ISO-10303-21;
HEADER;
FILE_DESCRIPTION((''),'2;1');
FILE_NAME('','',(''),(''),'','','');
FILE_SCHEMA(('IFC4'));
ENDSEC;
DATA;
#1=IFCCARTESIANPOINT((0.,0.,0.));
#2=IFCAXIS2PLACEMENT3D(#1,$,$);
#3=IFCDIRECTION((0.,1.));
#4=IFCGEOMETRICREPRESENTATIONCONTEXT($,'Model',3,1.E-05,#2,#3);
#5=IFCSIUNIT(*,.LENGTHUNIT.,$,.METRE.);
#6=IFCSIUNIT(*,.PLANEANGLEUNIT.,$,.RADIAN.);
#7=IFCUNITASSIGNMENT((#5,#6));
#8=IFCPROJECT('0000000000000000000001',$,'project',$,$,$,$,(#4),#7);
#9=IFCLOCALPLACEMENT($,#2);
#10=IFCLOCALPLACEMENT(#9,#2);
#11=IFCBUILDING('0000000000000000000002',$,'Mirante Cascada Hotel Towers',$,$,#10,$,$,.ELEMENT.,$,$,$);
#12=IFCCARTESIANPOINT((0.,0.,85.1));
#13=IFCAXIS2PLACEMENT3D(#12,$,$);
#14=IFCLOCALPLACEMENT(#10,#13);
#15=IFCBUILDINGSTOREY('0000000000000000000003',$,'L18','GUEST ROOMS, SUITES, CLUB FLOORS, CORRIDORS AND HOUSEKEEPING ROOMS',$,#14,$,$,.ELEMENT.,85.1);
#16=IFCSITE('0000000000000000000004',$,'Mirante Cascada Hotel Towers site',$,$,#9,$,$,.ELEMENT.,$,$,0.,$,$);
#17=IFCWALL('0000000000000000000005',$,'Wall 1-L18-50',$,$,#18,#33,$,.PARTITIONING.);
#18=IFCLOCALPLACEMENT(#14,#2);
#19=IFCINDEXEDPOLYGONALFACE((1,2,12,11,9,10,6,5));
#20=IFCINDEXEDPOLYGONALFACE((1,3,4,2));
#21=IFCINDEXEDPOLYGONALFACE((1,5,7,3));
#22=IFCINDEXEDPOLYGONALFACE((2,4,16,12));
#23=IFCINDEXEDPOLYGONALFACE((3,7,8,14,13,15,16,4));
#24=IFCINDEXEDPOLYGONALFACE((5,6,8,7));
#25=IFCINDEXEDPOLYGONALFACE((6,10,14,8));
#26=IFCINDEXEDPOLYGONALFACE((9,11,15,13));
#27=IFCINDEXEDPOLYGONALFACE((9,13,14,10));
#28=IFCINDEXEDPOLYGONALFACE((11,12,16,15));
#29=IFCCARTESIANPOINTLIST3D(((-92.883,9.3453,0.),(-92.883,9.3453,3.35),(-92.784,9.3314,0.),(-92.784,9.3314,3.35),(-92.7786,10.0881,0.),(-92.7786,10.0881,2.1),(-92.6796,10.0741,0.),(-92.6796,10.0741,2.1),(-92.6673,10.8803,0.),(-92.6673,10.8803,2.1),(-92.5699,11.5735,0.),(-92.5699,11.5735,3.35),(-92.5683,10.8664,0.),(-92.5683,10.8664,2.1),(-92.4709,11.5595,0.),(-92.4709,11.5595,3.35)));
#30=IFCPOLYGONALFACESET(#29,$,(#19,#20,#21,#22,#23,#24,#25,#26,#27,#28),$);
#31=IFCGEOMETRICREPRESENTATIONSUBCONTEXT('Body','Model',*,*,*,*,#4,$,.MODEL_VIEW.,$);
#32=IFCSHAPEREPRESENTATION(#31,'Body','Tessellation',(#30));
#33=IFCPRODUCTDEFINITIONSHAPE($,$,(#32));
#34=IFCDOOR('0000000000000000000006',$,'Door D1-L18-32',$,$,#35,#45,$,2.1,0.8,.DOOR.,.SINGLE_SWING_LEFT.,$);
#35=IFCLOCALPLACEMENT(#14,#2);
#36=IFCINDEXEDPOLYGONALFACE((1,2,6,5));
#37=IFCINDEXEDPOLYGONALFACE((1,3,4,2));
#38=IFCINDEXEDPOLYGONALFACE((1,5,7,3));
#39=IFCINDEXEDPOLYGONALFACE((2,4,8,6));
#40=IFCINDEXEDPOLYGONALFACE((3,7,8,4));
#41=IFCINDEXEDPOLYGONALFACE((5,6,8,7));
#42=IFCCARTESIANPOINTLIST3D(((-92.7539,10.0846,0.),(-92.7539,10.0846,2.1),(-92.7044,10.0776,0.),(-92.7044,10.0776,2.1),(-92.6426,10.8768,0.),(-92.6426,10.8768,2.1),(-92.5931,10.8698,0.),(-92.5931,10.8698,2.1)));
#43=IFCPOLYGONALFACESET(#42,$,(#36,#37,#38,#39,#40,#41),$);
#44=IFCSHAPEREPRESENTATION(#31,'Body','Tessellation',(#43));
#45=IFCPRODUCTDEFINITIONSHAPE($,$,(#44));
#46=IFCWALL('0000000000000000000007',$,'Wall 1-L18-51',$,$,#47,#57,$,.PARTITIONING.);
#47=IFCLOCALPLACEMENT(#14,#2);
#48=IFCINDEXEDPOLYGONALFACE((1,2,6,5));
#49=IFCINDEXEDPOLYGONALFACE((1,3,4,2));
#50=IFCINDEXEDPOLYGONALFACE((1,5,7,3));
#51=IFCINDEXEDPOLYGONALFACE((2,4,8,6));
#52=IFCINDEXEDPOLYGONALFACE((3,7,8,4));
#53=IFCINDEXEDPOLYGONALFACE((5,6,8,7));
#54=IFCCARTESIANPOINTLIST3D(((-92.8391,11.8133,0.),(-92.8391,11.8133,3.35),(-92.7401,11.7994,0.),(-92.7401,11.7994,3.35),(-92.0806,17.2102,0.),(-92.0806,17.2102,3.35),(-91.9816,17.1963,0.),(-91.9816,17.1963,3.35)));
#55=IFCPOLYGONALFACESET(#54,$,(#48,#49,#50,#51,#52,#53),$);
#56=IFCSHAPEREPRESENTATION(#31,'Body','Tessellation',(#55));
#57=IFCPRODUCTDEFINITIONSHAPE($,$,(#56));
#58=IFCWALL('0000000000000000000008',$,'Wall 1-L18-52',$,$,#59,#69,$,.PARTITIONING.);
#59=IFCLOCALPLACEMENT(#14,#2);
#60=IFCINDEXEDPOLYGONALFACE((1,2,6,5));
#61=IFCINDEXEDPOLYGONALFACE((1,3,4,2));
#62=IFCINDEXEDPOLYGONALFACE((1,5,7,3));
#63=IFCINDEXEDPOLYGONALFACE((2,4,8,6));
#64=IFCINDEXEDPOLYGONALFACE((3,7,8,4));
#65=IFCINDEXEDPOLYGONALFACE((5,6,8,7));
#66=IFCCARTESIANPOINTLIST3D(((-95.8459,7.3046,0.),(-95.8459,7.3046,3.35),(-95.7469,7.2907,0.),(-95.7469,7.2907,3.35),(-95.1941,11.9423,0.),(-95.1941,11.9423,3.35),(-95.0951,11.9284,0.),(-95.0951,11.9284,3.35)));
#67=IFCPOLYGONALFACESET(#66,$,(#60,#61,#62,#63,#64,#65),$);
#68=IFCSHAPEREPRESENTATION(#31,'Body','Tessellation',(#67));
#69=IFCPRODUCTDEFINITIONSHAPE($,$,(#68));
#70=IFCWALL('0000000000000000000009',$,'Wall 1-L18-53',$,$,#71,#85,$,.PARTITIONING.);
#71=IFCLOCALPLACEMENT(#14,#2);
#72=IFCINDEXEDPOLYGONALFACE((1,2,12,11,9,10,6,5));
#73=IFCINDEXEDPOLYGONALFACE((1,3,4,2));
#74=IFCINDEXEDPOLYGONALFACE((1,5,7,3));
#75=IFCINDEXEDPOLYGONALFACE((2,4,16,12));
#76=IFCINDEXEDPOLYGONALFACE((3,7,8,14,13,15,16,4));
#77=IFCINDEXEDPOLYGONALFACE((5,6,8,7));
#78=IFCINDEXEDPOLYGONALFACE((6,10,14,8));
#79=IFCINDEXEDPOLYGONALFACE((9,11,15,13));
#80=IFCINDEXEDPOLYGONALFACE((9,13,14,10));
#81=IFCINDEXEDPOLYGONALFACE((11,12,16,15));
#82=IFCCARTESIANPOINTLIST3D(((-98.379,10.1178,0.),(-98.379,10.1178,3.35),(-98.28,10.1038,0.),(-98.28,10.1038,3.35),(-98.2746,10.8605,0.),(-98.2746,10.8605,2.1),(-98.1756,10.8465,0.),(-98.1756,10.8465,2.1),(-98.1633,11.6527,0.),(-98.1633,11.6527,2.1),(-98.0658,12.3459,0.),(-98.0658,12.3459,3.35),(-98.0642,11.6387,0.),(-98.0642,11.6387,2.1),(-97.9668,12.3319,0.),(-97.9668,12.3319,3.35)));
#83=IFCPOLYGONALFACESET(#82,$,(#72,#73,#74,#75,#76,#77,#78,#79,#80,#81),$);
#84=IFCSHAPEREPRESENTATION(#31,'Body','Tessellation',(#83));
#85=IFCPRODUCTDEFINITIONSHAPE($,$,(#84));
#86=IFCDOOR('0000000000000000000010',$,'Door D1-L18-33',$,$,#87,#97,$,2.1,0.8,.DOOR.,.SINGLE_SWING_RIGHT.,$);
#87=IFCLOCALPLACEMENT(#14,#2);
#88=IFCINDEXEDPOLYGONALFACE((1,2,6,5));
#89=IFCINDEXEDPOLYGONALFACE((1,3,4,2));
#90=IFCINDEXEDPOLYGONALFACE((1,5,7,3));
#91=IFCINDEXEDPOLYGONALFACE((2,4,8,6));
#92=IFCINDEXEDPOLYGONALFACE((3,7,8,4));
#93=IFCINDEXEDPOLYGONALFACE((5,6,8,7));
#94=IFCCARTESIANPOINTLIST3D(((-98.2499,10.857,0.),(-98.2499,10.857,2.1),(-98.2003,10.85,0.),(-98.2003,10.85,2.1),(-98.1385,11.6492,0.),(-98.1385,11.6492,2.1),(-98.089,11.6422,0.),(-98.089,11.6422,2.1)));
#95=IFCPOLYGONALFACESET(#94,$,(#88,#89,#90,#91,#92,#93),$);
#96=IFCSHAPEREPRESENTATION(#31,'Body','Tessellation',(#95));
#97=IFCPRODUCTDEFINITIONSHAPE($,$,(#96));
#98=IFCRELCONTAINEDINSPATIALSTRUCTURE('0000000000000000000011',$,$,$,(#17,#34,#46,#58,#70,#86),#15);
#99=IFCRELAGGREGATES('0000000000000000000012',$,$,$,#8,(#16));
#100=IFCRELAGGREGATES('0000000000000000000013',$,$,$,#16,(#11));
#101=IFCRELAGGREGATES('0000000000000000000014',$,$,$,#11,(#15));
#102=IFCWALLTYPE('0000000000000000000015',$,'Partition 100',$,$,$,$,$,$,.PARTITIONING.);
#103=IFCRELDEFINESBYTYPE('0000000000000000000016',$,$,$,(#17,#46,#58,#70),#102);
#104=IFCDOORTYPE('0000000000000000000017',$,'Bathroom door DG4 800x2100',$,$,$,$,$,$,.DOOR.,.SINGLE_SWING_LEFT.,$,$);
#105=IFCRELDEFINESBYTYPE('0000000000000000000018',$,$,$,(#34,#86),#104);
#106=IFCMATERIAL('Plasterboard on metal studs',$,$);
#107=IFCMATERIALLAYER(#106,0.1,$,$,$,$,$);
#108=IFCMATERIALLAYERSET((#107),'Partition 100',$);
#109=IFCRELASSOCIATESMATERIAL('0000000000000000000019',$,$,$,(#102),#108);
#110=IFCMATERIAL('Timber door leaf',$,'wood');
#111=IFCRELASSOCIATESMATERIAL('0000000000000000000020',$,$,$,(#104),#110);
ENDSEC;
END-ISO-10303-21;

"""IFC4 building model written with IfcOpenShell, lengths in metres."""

from ifc_helpers import new_model, si_unit, direction, frame, frame_2d, origin, place, context, subcontext, project, spatial, rectangle, extrude, material, layer, layer_set, type_object, element, fill, save


model = new_model("IFC4")

# Units and contexts
model_context = context("Model", 3, precision=1e-05, world=origin(), true_north=direction((0.0, 1.0)))
body_context = subcontext(model_context, "Body", "Model", "MODEL_VIEW")
ifc_project = project(units=[si_unit("LENGTHUNIT", "METRE"), si_unit("PLANEANGLEUNIT", "RADIAN")], contexts=[model_context])

# Site, building, storey
site_placement = place(None, origin())
site = spatial("IfcSite", under=ifc_project, at=site_placement, Name="Mirante Cascada Hotel Towers site", CompositionType="ELEMENT", RefElevation=0.0)
building_placement = place(site_placement, origin())
building = spatial("IfcBuilding", under=site, at=building_placement, Name="Mirante Cascada Hotel Towers", CompositionType="ELEMENT")
storey_placement = place(building_placement, frame((0.0, 0.0, 85.1)))
storey = spatial("IfcBuildingStorey", under=building, at=storey_placement, Name="L18", Description="GUEST ROOMS, SUITES, CLUB FLOORS, CORRIDORS AND HOUSEKEEPING ROOMS", CompositionType="ELEMENT", Elevation=85.1)

# Wall, opening, door
ifc_material_1 = material(Name="Plasterboard on metal studs")
ifc_layer_1 = layer(ifc_material_1, 0.1)
ifc_layer_set_1 = layer_set([ifc_layer_1], Name="Partition 100")
wall_type_1 = type_object("IfcWallType", Name="Partition 100", PredefinedType="PARTITIONING", material=ifc_layer_set_1)
ifc_material_2 = material(Name="Timber door leaf", Category="wood")
door_type_1 = type_object("IfcDoorType", Name="Bathroom door DG4 800x2100", OperationType="SINGLE_SWING_LEFT", PredefinedType="DOOR", material=ifc_material_2)
wall_1_placement = place(storey_placement, frame((-92.5204, 11.5665, 0.0), z_axis=(0.0, 0.0, 1.0), x_axis=(-0.139156, -0.990271, 0.0)))
wall_1 = element("IfcWall", 1, at=wall_1_placement, inside=storey, type_object=wall_type_1, Name="Wall 1-L18-50", PredefinedType="PARTITIONING", context=body_context, shape_type="SweptSolid", body=[
    extrude(rectangle(XDim=2.25, YDim=0.1, at=frame_2d((1.125, 0.0))), origin(), (0.0, 0.0, 1.0), 3.35),
])
opening_1_placement = place(wall_1_placement, frame((0.7, 0.0, 0.0)))
opening_1 = element("IfcOpeningElement", 2, at=opening_1_placement, cuts=wall_1, PredefinedType="OPENING", context=body_context, shape_type="SweptSolid", body=[
    extrude(rectangle(XDim=0.8, YDim=2.1, at=frame_2d((0.4, 1.05))), frame((0.0, 0.05, 0.0), z_axis=(0.0, -1.0, 0.0), x_axis=(1.0, 0.0, 0.0)), (0.0, 0.0, 1.0), 0.1),
])
door_1_placement = place(opening_1_placement, origin())
door_1 = element("IfcDoor", 3, at=door_1_placement, inside=storey, type_object=door_type_1, Name="Door D1-L18-32", OperationType="SINGLE_SWING_LEFT", OverallHeight=2.1, OverallWidth=0.8, PredefinedType="DOOR", context=body_context, shape_type="SweptSolid", body=[
    extrude(rectangle(XDim=0.8, YDim=2.1, at=frame_2d((0.4, 1.05))), frame((0.0, 0.025, 0.0), z_axis=(0.0, -1.0, 0.0), x_axis=(1.0, 0.0, 0.0)), (0.0, 0.0, 1.0), 0.05),
])
fill(opening_1, door_1)

# Walls
wall_2_placement = place(storey_placement, frame((-92.7896, 11.8063, 0.0), z_axis=(0.0, 0.0, 1.0), x_axis=(0.139176, 0.990268, 0.0)))
element("IfcWall", 4, at=wall_2_placement, inside=storey, type_object=wall_type_1, Name="Wall 1-L18-51", PredefinedType="PARTITIONING", context=body_context, shape_type="SweptSolid", body=[
    extrude(rectangle(XDim=5.4499, YDim=0.1, at=frame_2d((2.725, 0.0))), origin(), (0.0, 0.0, 1.0), 3.35),
])
wall_3_placement = place(storey_placement, frame((-95.1446, 11.9353, 0.0), z_axis=(0.0, 0.0, 1.0), x_axis=(-0.139176, -0.990268, 0.0)))
element("IfcWall", 5, at=wall_3_placement, inside=storey, type_object=wall_type_1, Name="Wall 1-L18-52", PredefinedType="PARTITIONING", context=body_context, shape_type="SweptSolid", body=[
    extrude(rectangle(XDim=4.6833, YDim=0.1, at=frame_2d((2.3416, 0.0))), origin(), (0.0, 0.0, 1.0), 3.35),
])

# Wall, opening, door
wall_4_placement = place(storey_placement, frame((-98.3295, 10.1108, 0.0), z_axis=(0.0, 0.0, 1.0), x_axis=(0.1392, 0.990264, 0.0)))
wall_4 = element("IfcWall", 6, at=wall_4_placement, inside=storey, type_object=wall_type_1, Name="Wall 1-L18-53", PredefinedType="PARTITIONING", context=body_context, shape_type="SweptSolid", body=[
    extrude(rectangle(XDim=2.25, YDim=0.1, at=frame_2d((1.125, 0.0))), origin(), (0.0, 0.0, 1.0), 3.35),
])
opening_2_placement = place(wall_4_placement, frame((0.75, 0.0, 0.0)))
opening_2 = element("IfcOpeningElement", 7, at=opening_2_placement, cuts=wall_4, PredefinedType="OPENING", context=body_context, shape_type="SweptSolid", body=[
    extrude(rectangle(XDim=0.8, YDim=2.1, at=frame_2d((0.4, 1.05))), frame((0.0, 0.05, 0.0), z_axis=(0.0, -1.0, 0.0), x_axis=(1.0, 0.0, 0.0)), (0.0, 0.0, 1.0), 0.1),
])
door_2_placement = place(opening_2_placement, frame((0.8, 0.0, 0.0), z_axis=(0.0, 0.0, 1.0), x_axis=(-1.0, 0.0, 0.0)))
door_2 = element("IfcDoor", 8, at=door_2_placement, inside=storey, type_object=door_type_1, Name="Door D1-L18-33", OperationType="SINGLE_SWING_RIGHT", OverallHeight=2.1, OverallWidth=0.8, PredefinedType="DOOR", context=body_context, shape_type="SweptSolid", body=[
    extrude(rectangle(XDim=0.8, YDim=2.1, at=frame_2d((0.4, 1.05))), frame((0.0, 0.025, 0.0), z_axis=(0.0, -1.0, 0.0), x_axis=(1.0, 0.0, 0.0)), (0.0, 0.0, 1.0), 0.05),
])
fill(opening_2, door_2)

save(model, "model.ifc")
